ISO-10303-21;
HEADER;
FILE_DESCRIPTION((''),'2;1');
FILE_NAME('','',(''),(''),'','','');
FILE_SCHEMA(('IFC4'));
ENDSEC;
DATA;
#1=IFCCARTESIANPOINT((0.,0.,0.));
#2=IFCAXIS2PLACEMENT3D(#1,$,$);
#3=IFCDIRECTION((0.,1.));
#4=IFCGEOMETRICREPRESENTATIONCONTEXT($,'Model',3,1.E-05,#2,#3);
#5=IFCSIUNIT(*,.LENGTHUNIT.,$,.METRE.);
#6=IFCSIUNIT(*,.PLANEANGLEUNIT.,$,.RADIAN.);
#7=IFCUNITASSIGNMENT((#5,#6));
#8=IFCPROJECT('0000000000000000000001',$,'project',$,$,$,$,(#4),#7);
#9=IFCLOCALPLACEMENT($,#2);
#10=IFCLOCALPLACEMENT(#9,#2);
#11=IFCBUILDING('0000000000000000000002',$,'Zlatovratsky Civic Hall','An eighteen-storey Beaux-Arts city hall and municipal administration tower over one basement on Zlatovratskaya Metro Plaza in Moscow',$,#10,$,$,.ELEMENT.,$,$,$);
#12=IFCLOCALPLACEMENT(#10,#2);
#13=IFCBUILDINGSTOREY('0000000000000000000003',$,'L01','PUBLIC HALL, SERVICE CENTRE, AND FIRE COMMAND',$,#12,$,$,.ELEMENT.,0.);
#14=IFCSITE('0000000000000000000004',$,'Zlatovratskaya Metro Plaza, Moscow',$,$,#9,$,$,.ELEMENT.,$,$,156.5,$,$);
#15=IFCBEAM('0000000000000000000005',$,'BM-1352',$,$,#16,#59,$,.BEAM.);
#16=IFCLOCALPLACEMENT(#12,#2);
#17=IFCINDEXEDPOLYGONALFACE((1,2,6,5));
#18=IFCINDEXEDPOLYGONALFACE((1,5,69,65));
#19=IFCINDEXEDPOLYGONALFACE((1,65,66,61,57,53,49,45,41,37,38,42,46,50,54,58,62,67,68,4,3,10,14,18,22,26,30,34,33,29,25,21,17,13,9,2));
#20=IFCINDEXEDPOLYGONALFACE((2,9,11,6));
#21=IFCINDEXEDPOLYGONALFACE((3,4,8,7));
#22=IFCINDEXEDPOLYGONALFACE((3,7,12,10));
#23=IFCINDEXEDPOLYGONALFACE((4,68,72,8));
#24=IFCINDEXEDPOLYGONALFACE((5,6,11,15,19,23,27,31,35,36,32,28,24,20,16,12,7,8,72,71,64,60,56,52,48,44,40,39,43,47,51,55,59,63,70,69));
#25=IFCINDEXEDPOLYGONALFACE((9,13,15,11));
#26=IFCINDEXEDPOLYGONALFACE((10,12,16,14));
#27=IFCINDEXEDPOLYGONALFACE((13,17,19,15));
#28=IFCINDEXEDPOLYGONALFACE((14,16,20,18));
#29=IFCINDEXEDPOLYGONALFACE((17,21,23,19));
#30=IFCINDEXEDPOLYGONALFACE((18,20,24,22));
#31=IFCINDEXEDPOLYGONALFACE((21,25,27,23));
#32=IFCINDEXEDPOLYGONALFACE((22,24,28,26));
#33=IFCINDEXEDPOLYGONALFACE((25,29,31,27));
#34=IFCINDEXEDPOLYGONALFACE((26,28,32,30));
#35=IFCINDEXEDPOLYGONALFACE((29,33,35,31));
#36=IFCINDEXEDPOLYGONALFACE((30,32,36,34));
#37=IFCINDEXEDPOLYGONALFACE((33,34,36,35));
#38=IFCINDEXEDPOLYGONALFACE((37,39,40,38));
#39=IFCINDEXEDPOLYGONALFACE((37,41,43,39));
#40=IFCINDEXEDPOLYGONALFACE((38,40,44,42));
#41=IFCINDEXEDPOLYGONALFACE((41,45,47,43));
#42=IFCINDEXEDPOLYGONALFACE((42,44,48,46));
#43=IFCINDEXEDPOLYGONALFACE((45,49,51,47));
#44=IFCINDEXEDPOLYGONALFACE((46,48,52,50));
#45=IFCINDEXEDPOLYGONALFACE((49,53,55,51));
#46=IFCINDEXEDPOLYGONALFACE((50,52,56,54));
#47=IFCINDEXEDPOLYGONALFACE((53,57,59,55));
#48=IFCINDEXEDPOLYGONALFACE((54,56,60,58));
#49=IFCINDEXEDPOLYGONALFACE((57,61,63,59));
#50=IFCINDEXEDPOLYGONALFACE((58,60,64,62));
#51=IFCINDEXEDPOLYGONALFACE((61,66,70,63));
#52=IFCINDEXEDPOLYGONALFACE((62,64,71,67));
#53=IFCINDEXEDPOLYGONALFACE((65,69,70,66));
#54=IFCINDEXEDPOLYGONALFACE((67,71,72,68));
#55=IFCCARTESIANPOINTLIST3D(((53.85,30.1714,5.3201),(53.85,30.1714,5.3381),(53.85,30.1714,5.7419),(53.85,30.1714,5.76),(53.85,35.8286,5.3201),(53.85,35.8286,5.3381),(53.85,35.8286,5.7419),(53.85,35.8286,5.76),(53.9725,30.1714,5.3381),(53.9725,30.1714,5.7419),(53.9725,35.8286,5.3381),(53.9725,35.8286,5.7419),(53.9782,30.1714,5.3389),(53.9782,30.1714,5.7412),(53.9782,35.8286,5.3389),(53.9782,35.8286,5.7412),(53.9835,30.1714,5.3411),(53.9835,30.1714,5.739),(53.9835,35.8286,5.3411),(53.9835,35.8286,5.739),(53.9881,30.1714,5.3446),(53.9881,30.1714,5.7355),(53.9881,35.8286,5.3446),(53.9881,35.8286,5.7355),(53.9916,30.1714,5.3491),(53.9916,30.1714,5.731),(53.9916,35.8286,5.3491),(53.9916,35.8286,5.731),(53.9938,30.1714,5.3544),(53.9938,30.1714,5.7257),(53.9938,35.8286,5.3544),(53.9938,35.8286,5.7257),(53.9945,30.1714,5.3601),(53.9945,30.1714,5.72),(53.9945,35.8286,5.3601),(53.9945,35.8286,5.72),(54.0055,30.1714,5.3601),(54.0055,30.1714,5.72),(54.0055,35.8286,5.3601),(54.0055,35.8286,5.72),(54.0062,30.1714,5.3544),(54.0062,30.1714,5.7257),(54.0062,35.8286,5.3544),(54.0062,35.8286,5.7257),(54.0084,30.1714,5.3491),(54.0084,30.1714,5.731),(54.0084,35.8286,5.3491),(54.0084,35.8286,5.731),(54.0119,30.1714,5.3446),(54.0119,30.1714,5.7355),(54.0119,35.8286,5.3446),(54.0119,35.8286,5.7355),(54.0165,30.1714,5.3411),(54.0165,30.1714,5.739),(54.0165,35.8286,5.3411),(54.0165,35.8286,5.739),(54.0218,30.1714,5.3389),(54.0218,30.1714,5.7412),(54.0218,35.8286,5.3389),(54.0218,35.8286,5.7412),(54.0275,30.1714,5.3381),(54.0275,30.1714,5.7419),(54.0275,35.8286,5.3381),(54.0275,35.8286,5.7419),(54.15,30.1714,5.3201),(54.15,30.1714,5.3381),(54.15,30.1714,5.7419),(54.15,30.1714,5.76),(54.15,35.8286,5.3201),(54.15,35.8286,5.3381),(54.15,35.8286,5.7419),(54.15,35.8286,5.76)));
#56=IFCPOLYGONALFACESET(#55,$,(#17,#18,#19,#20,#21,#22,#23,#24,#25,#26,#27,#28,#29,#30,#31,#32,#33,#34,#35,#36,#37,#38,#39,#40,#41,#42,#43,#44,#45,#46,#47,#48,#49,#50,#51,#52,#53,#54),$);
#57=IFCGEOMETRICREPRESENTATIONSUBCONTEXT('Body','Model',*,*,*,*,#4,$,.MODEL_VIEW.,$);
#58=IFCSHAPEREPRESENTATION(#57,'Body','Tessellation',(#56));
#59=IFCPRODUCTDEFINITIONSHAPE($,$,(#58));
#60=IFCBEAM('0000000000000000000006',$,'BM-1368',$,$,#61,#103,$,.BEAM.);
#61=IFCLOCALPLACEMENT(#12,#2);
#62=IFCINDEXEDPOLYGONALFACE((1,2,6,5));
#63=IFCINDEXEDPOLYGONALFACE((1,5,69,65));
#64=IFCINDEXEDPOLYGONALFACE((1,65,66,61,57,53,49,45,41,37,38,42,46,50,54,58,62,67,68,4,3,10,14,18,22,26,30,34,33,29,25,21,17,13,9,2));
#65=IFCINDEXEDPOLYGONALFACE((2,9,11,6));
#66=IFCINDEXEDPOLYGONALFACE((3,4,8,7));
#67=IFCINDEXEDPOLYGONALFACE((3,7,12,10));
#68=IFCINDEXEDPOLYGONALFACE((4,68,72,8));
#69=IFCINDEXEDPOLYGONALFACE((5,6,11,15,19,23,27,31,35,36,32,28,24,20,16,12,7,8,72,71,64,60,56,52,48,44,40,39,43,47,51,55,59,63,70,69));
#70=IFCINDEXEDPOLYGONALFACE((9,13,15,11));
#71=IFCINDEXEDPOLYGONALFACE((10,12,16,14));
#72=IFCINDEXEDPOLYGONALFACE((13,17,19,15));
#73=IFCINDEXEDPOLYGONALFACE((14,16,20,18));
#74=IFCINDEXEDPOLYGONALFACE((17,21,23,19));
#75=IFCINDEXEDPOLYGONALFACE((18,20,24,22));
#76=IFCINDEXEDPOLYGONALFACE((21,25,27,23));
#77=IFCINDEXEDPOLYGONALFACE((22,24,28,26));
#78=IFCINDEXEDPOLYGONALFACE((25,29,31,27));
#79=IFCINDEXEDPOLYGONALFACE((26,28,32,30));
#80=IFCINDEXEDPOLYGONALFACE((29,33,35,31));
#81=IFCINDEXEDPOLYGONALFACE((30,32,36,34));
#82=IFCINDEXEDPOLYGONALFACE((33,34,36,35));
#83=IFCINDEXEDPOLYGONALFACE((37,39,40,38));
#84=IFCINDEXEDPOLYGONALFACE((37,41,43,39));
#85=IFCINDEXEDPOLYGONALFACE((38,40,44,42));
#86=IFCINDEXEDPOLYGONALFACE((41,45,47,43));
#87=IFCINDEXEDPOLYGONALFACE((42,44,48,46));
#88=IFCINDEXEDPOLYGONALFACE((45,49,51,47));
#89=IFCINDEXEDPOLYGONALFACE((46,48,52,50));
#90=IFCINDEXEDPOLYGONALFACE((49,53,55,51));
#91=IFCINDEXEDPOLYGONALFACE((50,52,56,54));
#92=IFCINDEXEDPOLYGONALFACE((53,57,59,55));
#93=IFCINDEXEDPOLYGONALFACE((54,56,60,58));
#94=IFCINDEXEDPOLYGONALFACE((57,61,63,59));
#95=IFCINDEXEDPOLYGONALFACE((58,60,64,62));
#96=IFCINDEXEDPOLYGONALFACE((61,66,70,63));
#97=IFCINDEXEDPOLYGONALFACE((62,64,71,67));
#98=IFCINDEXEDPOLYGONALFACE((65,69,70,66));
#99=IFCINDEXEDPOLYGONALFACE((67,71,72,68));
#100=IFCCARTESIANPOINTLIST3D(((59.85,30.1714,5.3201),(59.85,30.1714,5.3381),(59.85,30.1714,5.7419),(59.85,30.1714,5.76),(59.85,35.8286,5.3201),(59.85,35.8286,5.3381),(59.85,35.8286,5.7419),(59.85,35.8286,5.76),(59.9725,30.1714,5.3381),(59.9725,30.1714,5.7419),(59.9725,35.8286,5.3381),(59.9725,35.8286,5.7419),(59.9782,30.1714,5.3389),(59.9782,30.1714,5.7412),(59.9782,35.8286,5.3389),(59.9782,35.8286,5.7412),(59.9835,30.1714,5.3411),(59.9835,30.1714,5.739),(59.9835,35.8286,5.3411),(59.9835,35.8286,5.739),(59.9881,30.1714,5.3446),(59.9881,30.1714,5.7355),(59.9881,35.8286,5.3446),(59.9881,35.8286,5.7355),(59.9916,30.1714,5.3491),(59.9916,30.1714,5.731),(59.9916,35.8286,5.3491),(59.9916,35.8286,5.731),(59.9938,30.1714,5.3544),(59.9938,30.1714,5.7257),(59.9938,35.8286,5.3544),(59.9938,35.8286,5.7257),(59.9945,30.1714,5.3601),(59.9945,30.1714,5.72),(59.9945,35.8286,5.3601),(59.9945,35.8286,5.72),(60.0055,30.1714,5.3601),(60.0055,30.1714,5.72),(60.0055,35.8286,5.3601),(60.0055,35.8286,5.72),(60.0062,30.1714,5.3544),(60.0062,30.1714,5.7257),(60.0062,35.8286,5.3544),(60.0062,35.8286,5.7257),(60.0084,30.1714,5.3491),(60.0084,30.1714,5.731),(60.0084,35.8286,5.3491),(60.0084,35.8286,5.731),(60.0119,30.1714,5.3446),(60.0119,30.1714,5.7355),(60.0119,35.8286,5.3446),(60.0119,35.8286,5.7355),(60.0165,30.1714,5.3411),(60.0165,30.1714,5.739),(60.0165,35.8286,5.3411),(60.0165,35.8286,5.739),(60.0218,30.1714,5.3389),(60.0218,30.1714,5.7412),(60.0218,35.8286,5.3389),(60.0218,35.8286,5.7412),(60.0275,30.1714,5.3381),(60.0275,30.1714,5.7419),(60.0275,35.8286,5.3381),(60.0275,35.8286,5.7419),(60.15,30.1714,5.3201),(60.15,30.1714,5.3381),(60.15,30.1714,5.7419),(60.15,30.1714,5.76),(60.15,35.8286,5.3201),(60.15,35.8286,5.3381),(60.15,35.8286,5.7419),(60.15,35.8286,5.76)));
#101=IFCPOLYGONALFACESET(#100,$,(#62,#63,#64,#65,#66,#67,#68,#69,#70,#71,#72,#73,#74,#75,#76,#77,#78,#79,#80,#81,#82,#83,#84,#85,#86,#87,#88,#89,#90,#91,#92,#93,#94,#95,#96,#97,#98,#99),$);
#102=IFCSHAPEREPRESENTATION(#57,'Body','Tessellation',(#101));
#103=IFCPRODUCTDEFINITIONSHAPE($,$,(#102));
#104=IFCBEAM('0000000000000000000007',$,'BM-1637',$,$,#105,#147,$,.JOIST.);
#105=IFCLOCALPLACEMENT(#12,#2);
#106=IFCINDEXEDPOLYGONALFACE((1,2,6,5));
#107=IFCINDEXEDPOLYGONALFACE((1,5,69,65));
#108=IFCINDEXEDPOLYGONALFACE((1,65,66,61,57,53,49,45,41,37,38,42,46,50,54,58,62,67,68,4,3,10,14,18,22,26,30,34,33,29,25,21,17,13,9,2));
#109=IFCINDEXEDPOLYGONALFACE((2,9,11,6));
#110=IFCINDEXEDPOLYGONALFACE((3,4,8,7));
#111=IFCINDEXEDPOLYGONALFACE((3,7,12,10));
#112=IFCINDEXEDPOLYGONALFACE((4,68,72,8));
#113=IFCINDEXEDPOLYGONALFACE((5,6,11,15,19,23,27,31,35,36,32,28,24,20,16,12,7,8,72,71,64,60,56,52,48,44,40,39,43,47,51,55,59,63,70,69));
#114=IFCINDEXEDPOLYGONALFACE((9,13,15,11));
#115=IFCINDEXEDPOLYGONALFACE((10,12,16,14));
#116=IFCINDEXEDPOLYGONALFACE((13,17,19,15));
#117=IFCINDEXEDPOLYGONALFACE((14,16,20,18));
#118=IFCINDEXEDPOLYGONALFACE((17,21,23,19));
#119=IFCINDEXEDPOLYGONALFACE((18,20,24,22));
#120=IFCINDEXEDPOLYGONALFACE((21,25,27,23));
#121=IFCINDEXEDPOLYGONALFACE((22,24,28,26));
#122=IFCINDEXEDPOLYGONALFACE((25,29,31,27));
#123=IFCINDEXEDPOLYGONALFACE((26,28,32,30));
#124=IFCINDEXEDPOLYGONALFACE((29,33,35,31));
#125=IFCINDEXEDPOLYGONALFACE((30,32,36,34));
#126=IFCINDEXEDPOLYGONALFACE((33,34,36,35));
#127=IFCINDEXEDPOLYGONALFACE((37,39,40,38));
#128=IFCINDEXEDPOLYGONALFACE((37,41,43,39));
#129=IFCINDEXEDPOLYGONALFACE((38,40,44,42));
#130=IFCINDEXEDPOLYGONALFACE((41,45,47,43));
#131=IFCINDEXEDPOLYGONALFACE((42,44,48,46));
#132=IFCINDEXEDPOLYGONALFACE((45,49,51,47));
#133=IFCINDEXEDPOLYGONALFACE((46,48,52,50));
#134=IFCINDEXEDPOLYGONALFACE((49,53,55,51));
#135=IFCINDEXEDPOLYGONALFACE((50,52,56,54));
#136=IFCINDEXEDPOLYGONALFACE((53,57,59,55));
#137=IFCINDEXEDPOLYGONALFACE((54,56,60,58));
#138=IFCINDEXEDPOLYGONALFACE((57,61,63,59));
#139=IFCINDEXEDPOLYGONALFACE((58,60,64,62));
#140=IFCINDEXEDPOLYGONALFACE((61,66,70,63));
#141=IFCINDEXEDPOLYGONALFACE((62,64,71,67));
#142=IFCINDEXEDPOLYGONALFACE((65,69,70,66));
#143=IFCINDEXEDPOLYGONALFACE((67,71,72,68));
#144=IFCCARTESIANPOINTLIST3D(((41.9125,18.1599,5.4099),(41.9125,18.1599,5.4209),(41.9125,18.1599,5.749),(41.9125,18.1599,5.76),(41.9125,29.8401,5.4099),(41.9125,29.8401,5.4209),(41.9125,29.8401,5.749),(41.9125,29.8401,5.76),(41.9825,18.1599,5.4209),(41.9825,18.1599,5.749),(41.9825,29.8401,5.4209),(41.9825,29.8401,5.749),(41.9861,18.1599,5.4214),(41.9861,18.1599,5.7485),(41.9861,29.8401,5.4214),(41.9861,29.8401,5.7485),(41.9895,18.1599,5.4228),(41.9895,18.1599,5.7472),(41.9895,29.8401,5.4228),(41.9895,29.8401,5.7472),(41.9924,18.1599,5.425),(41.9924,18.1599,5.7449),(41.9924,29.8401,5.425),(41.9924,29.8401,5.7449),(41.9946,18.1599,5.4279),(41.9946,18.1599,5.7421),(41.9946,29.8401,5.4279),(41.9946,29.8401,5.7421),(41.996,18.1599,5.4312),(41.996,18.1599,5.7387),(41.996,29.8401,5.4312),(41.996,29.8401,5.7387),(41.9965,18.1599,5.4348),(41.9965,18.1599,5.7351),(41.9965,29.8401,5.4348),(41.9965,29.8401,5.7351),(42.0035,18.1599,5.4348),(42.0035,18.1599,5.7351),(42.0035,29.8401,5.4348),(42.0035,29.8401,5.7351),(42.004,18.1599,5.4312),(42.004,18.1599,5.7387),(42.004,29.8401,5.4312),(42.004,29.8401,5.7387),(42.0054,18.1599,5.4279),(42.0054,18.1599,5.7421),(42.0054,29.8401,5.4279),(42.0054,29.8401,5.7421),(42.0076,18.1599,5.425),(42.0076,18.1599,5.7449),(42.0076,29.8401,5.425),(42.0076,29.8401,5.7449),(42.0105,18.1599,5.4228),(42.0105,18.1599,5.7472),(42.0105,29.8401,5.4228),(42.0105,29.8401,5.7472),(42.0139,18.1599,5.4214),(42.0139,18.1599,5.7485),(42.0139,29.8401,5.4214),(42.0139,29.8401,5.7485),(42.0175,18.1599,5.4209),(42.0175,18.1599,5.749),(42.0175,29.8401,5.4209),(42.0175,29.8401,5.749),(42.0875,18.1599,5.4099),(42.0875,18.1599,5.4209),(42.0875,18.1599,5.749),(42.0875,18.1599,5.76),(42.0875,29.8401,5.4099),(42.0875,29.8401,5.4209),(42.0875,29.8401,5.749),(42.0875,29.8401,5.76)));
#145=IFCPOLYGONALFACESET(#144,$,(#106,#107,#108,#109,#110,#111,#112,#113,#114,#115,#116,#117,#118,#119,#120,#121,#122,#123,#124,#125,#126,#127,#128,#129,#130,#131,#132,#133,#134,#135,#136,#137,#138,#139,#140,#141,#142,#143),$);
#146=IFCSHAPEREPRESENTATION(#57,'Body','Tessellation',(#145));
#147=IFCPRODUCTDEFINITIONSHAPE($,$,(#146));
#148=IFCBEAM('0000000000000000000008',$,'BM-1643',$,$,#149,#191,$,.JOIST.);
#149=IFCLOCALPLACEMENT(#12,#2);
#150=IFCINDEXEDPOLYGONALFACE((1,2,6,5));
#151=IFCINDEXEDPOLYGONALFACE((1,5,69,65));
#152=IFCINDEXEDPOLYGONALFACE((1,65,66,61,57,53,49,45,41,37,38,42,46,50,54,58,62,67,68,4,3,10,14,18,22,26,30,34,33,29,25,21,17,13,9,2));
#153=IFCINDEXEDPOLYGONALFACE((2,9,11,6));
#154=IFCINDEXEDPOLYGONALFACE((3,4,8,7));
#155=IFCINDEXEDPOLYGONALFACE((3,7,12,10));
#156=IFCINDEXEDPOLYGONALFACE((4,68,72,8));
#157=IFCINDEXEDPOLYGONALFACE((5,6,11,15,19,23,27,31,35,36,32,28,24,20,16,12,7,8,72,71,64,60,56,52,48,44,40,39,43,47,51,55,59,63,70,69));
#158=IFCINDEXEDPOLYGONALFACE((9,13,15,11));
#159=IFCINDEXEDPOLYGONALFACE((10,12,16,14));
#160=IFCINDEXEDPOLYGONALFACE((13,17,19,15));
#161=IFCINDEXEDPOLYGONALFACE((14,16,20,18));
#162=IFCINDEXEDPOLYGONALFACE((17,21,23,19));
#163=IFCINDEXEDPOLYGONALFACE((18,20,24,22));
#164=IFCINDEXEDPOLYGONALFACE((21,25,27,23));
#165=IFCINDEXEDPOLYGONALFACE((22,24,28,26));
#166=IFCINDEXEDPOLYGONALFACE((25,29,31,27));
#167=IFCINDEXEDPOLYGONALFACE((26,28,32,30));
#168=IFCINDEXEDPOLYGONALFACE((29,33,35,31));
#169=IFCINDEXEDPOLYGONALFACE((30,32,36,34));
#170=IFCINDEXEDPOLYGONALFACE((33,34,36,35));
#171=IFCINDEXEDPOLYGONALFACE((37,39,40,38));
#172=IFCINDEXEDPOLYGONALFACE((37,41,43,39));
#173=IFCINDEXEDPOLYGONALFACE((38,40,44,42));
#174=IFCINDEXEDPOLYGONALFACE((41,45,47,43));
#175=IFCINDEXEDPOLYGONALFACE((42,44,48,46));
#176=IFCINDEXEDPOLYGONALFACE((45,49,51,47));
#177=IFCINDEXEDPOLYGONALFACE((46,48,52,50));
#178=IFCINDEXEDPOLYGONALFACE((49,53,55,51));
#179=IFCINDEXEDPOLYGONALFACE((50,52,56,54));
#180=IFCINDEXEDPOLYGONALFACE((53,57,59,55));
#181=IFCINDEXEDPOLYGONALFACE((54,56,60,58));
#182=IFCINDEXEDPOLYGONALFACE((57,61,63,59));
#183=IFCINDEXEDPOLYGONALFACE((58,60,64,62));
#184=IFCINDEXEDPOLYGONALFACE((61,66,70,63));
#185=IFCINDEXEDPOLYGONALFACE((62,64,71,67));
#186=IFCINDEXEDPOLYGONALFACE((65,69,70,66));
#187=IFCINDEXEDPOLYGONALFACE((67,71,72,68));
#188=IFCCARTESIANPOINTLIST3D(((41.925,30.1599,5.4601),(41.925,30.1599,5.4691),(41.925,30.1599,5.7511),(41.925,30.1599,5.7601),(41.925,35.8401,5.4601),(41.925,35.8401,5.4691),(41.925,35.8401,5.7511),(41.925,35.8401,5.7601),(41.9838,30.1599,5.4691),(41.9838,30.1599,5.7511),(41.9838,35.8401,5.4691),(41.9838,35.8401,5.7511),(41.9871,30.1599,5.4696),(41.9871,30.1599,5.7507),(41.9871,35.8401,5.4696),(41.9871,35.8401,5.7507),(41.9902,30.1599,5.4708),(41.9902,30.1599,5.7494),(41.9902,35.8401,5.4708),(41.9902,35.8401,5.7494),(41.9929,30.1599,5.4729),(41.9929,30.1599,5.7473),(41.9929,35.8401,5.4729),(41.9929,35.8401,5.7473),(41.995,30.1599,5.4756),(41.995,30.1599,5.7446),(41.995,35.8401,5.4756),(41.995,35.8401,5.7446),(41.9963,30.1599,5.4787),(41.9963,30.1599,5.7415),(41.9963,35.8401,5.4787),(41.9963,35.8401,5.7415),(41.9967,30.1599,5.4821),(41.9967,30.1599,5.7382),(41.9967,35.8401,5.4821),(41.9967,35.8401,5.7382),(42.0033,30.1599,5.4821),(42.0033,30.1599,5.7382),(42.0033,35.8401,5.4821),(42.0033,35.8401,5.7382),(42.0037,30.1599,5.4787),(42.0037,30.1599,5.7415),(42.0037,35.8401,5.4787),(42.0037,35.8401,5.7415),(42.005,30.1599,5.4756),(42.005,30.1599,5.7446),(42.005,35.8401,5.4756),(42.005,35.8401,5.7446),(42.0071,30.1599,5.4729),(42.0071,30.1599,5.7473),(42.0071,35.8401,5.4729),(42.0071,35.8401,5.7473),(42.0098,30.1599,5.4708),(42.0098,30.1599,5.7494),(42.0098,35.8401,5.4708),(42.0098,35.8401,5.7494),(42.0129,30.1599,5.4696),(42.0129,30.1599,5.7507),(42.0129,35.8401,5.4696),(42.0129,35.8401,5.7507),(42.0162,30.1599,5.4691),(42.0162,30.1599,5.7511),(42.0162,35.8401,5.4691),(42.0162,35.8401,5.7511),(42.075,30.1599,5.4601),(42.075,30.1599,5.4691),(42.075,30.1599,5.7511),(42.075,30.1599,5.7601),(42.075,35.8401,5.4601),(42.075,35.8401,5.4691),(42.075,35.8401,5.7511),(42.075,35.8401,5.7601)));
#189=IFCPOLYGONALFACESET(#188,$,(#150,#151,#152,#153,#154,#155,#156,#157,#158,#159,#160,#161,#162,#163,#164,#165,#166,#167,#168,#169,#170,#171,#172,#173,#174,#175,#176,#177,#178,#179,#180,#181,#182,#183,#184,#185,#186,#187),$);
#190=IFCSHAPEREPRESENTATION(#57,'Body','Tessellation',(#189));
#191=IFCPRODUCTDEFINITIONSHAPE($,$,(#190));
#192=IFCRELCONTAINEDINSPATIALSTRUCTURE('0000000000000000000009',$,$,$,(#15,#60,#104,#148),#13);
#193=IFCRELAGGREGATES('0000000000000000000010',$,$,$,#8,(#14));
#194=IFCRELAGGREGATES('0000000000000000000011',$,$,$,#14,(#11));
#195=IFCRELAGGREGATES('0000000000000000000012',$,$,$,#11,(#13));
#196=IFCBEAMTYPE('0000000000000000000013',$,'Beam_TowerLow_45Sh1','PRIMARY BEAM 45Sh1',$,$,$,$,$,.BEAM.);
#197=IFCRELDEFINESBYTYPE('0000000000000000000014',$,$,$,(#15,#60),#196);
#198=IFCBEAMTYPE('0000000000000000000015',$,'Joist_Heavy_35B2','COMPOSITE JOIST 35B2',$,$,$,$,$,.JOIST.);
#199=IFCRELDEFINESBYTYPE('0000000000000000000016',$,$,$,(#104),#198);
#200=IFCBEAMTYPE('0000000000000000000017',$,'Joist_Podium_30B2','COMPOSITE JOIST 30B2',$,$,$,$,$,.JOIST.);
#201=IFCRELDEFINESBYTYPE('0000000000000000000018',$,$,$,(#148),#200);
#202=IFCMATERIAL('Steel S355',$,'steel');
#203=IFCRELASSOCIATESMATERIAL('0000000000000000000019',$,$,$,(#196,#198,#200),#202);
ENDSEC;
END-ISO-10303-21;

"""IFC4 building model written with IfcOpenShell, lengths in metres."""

from ifc_helpers import new_model, si_unit, direction, frame, origin, origin_2d, place, context, subcontext, project, spatial, i_section, extrude, material, material_profile, profile_set, type_object, element, save


model = new_model("IFC4")

# Units and contexts
model_context = context("Model", 3, precision=1e-05, world=origin(), true_north=direction((0.0, 1.0)))
body_context = subcontext(model_context, "Body", "Model", "MODEL_VIEW")
ifc_project = project(units=[si_unit("LENGTHUNIT", "METRE"), si_unit("PLANEANGLEUNIT", "RADIAN")], contexts=[model_context])

# Site, building, storey
site_placement = place(None, origin())
site = spatial("IfcSite", under=ifc_project, at=site_placement, Name="Zlatovratskaya Metro Plaza, Moscow", CompositionType="ELEMENT", RefElevation=156.5)
building_placement = place(site_placement, origin())
building = spatial("IfcBuilding", under=site, at=building_placement, Name="Zlatovratsky Civic Hall", Description="An eighteen-storey Beaux-Arts city hall and municipal administration tower over one basement on Zlatovratskaya Metro Plaza in Moscow", CompositionType="ELEMENT")
storey_placement = place(building_placement, origin())
storey = spatial("IfcBuildingStorey", under=building, at=storey_placement, Name="L01", Description="PUBLIC HALL, SERVICE CENTRE, AND FIRE COMMAND", CompositionType="ELEMENT", Elevation=0.0)

# Shared definitions
ifc_material_1 = material(Name="Steel S355", Category="steel")

# Beams
ifc_material_profile_1 = material_profile(ifc_material_1, i_section(OverallWidth=0.3, OverallDepth=0.4399, WebThickness=0.011, FlangeThickness=0.0181, FilletRadius=0.022, at=origin_2d()), Name="45Sh1")
ifc_profile_set_1 = profile_set([ifc_material_profile_1], Name="Steel S355")
beam_type_1 = type_object("IfcBeamType", Name="Beam_TowerLow_45Sh1", Description="PRIMARY BEAM 45Sh1", PredefinedType="BEAM", material=ifc_profile_set_1)
for number, where, z_axis, x_axis, name in (
    (1, (54.0, 30.1714, 5.54), (0.0, 1.0, 0.0), (-1.0, 0.0, 0.0), "BM-1352"),
    (2, (60.0, 30.1714, 5.54), (0.0, 1.0, 0.0), (-1.0, 0.0, 0.0), "BM-1368"),
):
    element("IfcBeam", number, at=place(storey_placement, frame(where, z_axis=z_axis, x_axis=x_axis)), inside=storey, type_object=beam_type_1, Name=name, PredefinedType="BEAM", context=body_context, shape_type="SweptSolid", body=[
        extrude(i_section(OverallWidth=0.3, OverallDepth=0.4399, WebThickness=0.011, FlangeThickness=0.0181, FilletRadius=0.022, at=origin_2d()), origin(), (0.0, 0.0, 1.0), 5.6572),
    ])
ifc_material_profile_2 = material_profile(ifc_material_1, i_section(OverallWidth=0.175, OverallDepth=0.3501, WebThickness=0.0071, FlangeThickness=0.011, FilletRadius=0.0139, at=origin_2d()), Name="35B2")
ifc_profile_set_2 = profile_set([ifc_material_profile_2], Name="Steel S355")
beam_type_2 = type_object("IfcBeamType", Name="Joist_Heavy_35B2", Description="COMPOSITE JOIST 35B2", PredefinedType="JOIST", material=ifc_profile_set_2)
beam_1_placement = place(storey_placement, frame((42.0, 18.1599, 5.585), z_axis=(0.0, 1.0, 0.0), x_axis=(-1.0, 0.0, 0.0)))
element("IfcBeam", 3, at=beam_1_placement, inside=storey, type_object=beam_type_2, Name="BM-1637", PredefinedType="JOIST", context=body_context, shape_type="SweptSolid", body=[
    extrude(i_section(OverallWidth=0.175, OverallDepth=0.3501, WebThickness=0.0071, FlangeThickness=0.011, FilletRadius=0.0139, at=origin_2d()), origin(), (0.0, 0.0, 1.0), 11.6802),
])
ifc_material_profile_3 = material_profile(ifc_material_1, i_section(OverallWidth=0.1499, OverallDepth=0.3, WebThickness=0.0066, FlangeThickness=0.009, FilletRadius=0.0129, at=origin_2d()), Name="30B2")
ifc_profile_set_3 = profile_set([ifc_material_profile_3], Name="Steel S355")
beam_type_3 = type_object("IfcBeamType", Name="Joist_Podium_30B2", Description="COMPOSITE JOIST 30B2", PredefinedType="JOIST", material=ifc_profile_set_3)
beam_2_placement = place(storey_placement, frame((42.0, 30.1599, 5.6101), z_axis=(0.0, 1.0, 0.0), x_axis=(-1.0, 0.0, 0.0)))
element("IfcBeam", 4, at=beam_2_placement, inside=storey, type_object=beam_type_3, Name="BM-1643", PredefinedType="JOIST", context=body_context, shape_type="SweptSolid", body=[
    extrude(i_section(OverallWidth=0.1499, OverallDepth=0.3, WebThickness=0.0066, FlangeThickness=0.009, FilletRadius=0.0129, at=origin_2d()), origin(), (0.0, 0.0, 1.0), 5.6802),
])

save(model, "model.ifc")
